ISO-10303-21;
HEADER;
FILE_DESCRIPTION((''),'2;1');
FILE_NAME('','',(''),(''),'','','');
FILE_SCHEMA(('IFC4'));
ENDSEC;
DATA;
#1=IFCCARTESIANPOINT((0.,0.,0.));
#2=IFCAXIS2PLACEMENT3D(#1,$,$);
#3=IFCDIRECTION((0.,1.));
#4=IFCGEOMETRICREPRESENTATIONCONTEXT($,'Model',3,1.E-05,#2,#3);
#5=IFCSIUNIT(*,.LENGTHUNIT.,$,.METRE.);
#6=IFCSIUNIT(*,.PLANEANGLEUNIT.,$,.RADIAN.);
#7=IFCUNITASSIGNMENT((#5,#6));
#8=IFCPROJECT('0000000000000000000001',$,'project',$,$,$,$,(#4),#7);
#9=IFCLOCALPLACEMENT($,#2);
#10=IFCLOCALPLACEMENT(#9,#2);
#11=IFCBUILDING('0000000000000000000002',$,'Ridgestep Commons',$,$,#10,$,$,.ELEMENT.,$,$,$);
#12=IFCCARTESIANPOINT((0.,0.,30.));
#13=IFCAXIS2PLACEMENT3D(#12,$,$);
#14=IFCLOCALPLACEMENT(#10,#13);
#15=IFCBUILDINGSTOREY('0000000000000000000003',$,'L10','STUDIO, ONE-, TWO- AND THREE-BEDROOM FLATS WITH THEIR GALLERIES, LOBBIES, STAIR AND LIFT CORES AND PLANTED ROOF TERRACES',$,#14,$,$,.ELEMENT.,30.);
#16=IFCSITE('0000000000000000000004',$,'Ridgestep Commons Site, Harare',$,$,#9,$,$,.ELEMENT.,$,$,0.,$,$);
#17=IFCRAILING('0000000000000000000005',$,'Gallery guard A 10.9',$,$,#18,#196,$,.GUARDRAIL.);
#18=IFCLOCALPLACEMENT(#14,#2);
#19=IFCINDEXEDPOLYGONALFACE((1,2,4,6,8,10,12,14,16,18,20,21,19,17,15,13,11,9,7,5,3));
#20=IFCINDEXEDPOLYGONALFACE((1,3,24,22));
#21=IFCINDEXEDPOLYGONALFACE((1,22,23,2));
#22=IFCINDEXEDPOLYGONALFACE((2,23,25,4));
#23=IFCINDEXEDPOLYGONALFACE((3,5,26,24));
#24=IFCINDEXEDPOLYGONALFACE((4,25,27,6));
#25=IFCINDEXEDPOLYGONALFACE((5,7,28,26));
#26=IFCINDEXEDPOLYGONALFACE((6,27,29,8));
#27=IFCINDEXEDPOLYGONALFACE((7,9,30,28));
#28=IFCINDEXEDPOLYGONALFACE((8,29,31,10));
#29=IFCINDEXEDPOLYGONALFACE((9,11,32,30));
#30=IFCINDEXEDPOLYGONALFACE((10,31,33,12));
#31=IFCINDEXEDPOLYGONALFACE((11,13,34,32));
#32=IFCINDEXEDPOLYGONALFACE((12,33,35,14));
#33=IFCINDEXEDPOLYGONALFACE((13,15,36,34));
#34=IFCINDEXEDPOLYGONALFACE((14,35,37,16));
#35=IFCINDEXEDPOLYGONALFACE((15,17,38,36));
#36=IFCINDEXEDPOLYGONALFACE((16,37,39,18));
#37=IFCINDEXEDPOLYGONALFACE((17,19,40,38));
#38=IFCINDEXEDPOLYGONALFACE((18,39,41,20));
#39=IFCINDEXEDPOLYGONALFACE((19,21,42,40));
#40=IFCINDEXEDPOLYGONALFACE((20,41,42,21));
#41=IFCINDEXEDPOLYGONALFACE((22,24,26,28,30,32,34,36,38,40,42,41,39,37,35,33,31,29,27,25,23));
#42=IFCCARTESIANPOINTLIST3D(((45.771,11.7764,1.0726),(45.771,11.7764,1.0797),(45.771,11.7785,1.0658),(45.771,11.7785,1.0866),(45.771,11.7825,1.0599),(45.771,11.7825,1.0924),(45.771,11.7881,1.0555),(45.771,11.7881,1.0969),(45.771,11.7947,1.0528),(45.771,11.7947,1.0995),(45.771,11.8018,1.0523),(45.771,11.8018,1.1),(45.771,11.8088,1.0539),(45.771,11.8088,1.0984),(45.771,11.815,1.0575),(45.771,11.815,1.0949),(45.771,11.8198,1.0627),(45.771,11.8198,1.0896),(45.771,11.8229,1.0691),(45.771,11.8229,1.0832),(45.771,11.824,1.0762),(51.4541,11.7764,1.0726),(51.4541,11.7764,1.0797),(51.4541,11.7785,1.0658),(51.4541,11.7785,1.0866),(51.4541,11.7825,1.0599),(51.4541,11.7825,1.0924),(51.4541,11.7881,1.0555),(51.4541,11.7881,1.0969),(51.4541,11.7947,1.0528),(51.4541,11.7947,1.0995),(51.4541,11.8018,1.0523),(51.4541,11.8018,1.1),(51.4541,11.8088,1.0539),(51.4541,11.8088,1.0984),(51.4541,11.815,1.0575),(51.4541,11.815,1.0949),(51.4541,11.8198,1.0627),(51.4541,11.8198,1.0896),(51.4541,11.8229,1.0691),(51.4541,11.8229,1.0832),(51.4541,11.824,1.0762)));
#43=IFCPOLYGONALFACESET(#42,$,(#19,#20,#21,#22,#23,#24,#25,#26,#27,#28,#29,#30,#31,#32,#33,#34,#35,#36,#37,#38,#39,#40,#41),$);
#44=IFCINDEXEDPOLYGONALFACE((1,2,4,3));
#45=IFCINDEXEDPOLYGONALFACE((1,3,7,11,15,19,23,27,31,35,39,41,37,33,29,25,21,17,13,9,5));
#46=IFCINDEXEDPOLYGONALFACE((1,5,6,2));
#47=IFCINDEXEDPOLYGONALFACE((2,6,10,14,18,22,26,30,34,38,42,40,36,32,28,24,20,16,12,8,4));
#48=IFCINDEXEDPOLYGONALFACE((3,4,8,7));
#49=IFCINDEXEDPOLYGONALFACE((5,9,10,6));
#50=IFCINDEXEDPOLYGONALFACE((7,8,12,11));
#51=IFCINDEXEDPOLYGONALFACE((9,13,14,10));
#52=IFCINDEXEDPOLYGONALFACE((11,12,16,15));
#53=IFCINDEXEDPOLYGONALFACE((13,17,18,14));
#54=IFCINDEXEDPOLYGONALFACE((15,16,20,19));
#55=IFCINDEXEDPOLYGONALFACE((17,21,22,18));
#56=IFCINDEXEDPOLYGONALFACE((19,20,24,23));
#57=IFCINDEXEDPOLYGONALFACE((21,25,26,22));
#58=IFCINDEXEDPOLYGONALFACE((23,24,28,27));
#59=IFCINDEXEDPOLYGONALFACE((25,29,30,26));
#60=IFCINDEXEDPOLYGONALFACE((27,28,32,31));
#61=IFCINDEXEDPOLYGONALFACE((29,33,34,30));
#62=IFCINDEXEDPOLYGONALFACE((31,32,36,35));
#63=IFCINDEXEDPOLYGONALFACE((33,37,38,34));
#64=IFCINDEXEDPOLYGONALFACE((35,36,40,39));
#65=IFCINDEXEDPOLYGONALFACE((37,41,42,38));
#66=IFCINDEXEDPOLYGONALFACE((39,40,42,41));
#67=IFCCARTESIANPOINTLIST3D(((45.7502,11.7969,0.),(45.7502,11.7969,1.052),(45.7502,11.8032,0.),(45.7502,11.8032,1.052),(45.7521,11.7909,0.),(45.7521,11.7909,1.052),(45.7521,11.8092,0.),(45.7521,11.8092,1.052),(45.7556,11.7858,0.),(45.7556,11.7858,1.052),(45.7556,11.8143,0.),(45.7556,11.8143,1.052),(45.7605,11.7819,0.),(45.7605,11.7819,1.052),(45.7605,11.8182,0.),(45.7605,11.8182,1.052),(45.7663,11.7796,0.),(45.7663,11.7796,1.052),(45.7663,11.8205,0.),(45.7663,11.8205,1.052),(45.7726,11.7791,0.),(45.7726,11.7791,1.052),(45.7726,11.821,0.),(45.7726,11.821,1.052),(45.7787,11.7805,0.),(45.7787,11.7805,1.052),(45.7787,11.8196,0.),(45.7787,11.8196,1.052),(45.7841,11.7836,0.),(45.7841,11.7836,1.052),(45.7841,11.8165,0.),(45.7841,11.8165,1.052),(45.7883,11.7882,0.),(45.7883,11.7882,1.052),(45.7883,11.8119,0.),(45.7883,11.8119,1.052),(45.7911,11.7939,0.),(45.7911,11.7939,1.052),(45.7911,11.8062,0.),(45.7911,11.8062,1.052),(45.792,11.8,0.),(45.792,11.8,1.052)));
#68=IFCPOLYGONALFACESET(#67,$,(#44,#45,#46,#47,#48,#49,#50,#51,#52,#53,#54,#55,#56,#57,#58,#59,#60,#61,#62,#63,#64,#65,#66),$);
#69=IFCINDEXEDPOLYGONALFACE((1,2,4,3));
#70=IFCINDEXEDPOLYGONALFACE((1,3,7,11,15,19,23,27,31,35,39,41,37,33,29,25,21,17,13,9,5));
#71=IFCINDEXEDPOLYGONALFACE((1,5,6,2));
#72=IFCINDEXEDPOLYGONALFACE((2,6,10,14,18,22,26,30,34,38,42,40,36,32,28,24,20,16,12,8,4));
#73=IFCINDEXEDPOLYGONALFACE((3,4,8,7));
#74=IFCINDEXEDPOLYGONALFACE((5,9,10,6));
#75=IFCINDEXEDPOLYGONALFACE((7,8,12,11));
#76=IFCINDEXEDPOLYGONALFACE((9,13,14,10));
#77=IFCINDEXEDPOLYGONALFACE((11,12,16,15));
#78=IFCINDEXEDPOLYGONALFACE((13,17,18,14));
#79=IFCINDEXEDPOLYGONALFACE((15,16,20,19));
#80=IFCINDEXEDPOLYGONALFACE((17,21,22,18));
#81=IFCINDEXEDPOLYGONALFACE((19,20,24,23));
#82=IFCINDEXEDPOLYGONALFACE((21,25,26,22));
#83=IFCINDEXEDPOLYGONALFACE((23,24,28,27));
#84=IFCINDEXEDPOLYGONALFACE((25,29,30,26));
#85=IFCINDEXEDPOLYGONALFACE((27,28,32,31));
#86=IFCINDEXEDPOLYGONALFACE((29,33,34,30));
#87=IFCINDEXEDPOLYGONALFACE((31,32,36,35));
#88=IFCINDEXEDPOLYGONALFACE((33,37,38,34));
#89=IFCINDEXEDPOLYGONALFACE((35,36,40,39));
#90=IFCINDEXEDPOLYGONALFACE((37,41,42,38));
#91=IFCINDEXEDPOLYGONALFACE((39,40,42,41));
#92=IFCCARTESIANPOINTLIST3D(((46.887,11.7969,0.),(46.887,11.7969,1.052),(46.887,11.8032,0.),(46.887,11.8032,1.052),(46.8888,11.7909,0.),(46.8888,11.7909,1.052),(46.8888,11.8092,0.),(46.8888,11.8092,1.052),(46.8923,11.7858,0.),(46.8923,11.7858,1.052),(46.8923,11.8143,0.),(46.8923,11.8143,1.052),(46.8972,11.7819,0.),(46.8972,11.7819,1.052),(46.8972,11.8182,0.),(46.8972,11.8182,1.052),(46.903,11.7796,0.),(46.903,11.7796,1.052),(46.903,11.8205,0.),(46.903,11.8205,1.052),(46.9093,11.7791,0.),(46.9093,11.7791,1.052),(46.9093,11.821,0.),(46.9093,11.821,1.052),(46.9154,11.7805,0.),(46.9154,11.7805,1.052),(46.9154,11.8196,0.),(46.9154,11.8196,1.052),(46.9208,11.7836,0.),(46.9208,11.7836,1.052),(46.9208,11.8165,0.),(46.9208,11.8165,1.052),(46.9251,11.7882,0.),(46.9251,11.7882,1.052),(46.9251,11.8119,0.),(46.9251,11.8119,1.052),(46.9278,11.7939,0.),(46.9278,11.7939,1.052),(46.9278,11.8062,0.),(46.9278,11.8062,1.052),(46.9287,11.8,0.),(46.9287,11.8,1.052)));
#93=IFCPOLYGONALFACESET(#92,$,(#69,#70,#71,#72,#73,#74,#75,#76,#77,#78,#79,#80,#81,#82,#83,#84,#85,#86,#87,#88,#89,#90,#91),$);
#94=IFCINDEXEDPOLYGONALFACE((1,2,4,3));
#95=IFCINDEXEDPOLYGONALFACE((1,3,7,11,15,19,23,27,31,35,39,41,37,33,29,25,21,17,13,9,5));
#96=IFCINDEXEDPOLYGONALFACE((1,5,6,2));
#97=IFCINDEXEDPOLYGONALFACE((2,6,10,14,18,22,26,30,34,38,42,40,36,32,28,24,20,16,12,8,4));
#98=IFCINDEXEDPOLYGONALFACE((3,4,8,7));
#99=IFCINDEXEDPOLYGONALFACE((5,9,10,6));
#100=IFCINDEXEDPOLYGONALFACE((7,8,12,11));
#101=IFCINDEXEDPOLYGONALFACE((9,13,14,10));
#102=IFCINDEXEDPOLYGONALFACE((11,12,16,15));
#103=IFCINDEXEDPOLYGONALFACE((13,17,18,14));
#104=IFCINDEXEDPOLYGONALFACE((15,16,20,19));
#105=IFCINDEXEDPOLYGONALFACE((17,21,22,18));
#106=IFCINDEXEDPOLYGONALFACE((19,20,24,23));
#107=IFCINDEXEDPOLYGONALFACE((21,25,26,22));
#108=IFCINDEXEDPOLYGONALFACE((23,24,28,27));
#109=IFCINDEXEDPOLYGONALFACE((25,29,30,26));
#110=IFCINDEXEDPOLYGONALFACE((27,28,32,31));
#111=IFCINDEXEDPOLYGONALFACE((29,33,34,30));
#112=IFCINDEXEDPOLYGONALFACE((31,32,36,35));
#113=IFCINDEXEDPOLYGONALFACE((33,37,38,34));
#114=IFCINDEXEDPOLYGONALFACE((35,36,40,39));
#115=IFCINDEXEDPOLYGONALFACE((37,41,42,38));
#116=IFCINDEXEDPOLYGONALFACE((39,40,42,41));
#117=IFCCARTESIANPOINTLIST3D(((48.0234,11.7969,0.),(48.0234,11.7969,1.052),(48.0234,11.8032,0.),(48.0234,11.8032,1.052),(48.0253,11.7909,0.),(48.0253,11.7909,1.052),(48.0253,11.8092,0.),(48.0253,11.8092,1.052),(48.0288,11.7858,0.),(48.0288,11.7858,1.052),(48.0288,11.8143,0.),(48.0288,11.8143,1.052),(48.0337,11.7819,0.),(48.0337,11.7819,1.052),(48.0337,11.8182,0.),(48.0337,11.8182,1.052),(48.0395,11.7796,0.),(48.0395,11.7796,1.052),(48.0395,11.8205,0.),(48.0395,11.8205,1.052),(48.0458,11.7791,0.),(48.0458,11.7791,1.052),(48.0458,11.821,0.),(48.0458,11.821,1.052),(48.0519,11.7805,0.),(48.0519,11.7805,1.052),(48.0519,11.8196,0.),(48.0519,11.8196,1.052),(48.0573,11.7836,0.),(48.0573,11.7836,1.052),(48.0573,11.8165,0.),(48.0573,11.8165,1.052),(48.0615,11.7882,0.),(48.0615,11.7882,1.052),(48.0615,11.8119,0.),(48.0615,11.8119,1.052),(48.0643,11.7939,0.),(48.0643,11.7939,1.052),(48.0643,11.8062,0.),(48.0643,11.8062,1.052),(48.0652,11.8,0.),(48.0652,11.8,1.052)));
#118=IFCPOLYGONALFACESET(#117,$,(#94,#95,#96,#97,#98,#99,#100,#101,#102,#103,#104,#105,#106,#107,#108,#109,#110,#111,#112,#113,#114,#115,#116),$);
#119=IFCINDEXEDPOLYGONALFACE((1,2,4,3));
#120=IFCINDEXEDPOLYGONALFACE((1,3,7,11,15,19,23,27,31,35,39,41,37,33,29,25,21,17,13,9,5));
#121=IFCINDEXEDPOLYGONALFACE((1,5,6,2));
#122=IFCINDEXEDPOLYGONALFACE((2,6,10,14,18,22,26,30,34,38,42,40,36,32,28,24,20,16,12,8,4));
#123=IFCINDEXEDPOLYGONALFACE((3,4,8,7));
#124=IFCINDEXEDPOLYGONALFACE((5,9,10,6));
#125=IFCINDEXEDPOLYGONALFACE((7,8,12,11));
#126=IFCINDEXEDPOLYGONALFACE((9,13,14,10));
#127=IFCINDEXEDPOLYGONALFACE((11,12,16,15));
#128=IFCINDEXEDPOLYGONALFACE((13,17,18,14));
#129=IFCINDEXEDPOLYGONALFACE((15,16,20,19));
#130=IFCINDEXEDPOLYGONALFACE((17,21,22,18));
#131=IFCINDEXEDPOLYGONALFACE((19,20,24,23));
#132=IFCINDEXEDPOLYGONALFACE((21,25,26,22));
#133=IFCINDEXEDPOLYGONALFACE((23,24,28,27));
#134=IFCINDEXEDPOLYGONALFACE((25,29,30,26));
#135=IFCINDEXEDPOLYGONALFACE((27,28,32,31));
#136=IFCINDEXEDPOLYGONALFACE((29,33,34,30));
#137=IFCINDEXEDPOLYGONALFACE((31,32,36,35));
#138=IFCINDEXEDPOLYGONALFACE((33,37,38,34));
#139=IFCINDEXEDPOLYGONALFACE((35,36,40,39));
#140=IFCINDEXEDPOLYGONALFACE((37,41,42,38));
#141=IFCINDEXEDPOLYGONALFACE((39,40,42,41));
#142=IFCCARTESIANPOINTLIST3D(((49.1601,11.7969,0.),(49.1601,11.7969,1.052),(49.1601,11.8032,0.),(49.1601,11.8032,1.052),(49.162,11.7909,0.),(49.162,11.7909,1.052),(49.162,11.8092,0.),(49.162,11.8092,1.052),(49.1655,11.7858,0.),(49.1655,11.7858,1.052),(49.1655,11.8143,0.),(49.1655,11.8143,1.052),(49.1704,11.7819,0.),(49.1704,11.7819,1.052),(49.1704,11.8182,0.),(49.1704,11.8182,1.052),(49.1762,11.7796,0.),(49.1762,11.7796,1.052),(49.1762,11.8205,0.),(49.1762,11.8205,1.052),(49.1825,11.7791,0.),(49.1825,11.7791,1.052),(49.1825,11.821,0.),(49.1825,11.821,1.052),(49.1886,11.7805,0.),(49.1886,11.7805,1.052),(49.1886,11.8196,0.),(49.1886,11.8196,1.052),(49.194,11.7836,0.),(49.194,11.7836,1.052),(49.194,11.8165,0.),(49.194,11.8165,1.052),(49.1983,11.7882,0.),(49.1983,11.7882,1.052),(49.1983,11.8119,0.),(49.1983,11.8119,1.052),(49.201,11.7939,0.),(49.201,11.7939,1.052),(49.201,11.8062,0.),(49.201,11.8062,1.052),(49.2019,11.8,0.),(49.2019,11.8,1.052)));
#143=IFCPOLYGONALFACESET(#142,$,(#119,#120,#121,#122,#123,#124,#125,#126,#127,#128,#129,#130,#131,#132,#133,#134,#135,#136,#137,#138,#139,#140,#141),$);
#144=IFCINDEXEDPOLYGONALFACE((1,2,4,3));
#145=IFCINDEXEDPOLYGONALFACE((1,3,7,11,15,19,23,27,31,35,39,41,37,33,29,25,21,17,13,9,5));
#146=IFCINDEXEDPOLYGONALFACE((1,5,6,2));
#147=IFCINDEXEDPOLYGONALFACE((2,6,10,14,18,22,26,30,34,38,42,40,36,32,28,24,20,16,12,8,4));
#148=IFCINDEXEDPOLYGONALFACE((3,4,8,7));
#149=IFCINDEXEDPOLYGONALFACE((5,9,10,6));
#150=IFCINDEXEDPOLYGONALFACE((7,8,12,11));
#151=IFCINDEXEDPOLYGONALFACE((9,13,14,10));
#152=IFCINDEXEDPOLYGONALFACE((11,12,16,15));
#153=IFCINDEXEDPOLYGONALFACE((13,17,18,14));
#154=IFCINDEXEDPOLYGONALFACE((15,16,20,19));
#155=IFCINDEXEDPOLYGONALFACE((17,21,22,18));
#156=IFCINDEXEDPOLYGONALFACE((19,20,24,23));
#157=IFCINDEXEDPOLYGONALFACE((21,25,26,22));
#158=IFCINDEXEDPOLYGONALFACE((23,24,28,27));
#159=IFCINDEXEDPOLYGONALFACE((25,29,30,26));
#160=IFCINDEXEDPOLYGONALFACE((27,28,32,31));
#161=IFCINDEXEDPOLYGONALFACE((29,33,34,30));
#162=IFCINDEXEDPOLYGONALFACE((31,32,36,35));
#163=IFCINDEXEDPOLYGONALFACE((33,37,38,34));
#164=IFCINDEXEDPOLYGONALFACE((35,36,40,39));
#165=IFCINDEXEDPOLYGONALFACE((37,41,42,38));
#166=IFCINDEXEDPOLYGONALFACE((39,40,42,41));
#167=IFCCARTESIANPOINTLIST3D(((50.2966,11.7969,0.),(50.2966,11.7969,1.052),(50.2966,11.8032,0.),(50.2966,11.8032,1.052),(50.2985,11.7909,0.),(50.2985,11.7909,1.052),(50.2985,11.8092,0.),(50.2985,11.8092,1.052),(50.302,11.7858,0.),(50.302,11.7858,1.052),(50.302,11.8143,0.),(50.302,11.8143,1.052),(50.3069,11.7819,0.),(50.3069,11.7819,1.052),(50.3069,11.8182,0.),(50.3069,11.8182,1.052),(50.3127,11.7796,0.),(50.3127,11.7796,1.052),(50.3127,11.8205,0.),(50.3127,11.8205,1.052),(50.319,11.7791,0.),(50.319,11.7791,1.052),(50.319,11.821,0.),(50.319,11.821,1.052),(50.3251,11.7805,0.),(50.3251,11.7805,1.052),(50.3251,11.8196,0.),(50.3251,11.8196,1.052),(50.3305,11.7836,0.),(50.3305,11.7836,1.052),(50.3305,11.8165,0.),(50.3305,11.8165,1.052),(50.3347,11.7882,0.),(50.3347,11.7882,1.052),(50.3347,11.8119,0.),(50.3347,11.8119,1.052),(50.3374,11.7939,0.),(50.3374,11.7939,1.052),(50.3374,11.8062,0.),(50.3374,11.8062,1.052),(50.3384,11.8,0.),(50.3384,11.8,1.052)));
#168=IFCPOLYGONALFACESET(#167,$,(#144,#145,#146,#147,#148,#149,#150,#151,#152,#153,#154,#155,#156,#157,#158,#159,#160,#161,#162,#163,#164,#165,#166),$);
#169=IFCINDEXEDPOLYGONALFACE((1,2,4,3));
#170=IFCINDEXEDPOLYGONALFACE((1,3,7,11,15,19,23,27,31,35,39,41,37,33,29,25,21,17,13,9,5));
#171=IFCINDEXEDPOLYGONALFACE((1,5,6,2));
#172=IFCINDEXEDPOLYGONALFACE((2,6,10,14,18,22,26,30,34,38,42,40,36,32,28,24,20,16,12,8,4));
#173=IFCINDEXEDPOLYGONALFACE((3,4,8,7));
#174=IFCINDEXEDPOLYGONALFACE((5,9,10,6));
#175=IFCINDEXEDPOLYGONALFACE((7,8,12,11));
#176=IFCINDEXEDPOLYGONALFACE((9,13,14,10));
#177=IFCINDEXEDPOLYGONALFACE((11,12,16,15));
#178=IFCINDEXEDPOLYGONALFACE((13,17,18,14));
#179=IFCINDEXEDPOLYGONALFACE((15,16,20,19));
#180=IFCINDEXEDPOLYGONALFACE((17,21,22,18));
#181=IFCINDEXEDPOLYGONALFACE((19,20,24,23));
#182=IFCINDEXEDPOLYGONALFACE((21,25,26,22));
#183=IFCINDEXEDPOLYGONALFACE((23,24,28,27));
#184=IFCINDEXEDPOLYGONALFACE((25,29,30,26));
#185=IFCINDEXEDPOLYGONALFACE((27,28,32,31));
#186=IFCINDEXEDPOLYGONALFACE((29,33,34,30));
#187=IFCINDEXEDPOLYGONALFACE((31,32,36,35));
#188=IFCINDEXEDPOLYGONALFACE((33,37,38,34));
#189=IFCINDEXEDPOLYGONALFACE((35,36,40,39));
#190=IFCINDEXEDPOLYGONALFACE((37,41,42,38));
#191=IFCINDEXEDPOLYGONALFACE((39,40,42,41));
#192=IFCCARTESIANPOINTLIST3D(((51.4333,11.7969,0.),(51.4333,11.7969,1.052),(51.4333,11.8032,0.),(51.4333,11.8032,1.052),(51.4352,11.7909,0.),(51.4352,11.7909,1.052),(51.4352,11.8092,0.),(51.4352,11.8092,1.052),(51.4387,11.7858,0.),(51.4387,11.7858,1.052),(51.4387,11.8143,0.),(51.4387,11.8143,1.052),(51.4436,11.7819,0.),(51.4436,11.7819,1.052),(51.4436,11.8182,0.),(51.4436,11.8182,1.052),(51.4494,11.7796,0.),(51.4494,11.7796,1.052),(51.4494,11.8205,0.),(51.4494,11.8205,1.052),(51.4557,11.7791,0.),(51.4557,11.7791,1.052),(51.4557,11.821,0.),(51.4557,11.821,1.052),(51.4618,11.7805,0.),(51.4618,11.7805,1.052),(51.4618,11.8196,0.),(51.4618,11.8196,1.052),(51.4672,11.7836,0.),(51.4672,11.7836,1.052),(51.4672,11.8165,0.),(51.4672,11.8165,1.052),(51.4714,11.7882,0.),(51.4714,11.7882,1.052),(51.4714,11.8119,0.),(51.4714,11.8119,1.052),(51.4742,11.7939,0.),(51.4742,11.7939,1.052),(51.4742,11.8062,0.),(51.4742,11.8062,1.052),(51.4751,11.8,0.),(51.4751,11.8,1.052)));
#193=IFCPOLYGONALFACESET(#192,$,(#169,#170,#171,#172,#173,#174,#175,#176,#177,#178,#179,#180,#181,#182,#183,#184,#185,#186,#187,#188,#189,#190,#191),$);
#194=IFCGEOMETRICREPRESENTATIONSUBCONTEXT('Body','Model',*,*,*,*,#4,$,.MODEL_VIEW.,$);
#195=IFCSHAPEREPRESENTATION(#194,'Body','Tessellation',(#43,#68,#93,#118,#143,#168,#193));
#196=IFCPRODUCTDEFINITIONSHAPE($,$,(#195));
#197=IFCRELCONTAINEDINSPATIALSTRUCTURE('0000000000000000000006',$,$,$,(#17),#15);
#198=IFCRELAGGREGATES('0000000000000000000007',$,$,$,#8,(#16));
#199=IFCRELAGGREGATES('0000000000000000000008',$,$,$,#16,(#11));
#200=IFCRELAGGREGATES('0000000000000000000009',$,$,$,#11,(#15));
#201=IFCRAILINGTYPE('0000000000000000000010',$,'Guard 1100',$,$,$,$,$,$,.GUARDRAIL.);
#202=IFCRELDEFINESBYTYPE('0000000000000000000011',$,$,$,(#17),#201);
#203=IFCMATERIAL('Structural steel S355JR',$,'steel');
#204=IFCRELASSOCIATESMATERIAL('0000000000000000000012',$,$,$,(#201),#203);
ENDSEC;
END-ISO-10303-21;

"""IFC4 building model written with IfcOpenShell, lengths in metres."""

from ifc_helpers import new_model, si_unit, direction, frame, origin, origin_2d, place, context, subcontext, project, spatial, circle, extrude, material, type_object, element, save


model = new_model("IFC4")

# Units and contexts
model_context = context("Model", 3, precision=1e-05, world=origin(), true_north=direction((0.0, 1.0)))
body_context = subcontext(model_context, "Body", "Model", "MODEL_VIEW")
ifc_project = project(units=[si_unit("LENGTHUNIT", "METRE"), si_unit("PLANEANGLEUNIT", "RADIAN")], contexts=[model_context])

# Site, building, storey
site_placement = place(None, origin())
site = spatial("IfcSite", under=ifc_project, at=site_placement, Name="Ridgestep Commons Site, Harare", CompositionType="ELEMENT", RefElevation=0.0)
building_placement = place(site_placement, origin())
building = spatial("IfcBuilding", under=site, at=building_placement, Name="Ridgestep Commons", CompositionType="ELEMENT")
storey_placement = place(building_placement, frame((0.0, 0.0, 30.0)))
storey = spatial("IfcBuildingStorey", under=building, at=storey_placement, Name="L10", Description="STUDIO, ONE-, TWO- AND THREE-BEDROOM FLATS WITH THEIR GALLERIES, LOBBIES, STAIR AND LIFT CORES AND PLANTED ROOF TERRACES", CompositionType="ELEMENT", Elevation=30.0)

# Railing
ifc_material_1 = material(Name="Structural steel S355JR", Category="steel")
railing_type_1 = type_object("IfcRailingType", Name="Guard 1100", PredefinedType="GUARDRAIL", material=ifc_material_1)
railing_1_placement = place(storey_placement, frame((45.771, 11.8, 0.0)))
element("IfcRailing", 1, at=railing_1_placement, inside=storey, type_object=railing_type_1, Name="Gallery guard A 10.9", PredefinedType="GUARDRAIL", context=body_context, shape_type="SweptSolid", body=[
    extrude(circle(Radius=0.0239, at=origin_2d()), frame((0.0, 0.0, 1.0762), z_axis=(1.0, 0.0, 0.0), x_axis=(0.0, 1.0, 0.0)), (0.0, 0.0, 1.0), 5.6831),
    extrude(circle(Radius=0.021, at=origin_2d()), origin(), (0.0, 0.0, 1.0), 1.052),
    extrude(circle(Radius=0.021, at=origin_2d()), frame((1.1367, 0.0, 0.0)), (0.0, 0.0, 1.0), 1.052),
    extrude(circle(Radius=0.021, at=origin_2d()), frame((2.2732, 0.0, 0.0)), (0.0, 0.0, 1.0), 1.052),
    extrude(circle(Radius=0.021, at=origin_2d()), frame((3.4099, 0.0, 0.0)), (0.0, 0.0, 1.0), 1.052),
    extrude(circle(Radius=0.021, at=origin_2d()), frame((4.5464, 0.0, 0.0)), (0.0, 0.0, 1.0), 1.052),
    extrude(circle(Radius=0.021, at=origin_2d()), frame((5.6831, 0.0, 0.0)), (0.0, 0.0, 1.0), 1.052),
])

save(model, "model.ifc")
